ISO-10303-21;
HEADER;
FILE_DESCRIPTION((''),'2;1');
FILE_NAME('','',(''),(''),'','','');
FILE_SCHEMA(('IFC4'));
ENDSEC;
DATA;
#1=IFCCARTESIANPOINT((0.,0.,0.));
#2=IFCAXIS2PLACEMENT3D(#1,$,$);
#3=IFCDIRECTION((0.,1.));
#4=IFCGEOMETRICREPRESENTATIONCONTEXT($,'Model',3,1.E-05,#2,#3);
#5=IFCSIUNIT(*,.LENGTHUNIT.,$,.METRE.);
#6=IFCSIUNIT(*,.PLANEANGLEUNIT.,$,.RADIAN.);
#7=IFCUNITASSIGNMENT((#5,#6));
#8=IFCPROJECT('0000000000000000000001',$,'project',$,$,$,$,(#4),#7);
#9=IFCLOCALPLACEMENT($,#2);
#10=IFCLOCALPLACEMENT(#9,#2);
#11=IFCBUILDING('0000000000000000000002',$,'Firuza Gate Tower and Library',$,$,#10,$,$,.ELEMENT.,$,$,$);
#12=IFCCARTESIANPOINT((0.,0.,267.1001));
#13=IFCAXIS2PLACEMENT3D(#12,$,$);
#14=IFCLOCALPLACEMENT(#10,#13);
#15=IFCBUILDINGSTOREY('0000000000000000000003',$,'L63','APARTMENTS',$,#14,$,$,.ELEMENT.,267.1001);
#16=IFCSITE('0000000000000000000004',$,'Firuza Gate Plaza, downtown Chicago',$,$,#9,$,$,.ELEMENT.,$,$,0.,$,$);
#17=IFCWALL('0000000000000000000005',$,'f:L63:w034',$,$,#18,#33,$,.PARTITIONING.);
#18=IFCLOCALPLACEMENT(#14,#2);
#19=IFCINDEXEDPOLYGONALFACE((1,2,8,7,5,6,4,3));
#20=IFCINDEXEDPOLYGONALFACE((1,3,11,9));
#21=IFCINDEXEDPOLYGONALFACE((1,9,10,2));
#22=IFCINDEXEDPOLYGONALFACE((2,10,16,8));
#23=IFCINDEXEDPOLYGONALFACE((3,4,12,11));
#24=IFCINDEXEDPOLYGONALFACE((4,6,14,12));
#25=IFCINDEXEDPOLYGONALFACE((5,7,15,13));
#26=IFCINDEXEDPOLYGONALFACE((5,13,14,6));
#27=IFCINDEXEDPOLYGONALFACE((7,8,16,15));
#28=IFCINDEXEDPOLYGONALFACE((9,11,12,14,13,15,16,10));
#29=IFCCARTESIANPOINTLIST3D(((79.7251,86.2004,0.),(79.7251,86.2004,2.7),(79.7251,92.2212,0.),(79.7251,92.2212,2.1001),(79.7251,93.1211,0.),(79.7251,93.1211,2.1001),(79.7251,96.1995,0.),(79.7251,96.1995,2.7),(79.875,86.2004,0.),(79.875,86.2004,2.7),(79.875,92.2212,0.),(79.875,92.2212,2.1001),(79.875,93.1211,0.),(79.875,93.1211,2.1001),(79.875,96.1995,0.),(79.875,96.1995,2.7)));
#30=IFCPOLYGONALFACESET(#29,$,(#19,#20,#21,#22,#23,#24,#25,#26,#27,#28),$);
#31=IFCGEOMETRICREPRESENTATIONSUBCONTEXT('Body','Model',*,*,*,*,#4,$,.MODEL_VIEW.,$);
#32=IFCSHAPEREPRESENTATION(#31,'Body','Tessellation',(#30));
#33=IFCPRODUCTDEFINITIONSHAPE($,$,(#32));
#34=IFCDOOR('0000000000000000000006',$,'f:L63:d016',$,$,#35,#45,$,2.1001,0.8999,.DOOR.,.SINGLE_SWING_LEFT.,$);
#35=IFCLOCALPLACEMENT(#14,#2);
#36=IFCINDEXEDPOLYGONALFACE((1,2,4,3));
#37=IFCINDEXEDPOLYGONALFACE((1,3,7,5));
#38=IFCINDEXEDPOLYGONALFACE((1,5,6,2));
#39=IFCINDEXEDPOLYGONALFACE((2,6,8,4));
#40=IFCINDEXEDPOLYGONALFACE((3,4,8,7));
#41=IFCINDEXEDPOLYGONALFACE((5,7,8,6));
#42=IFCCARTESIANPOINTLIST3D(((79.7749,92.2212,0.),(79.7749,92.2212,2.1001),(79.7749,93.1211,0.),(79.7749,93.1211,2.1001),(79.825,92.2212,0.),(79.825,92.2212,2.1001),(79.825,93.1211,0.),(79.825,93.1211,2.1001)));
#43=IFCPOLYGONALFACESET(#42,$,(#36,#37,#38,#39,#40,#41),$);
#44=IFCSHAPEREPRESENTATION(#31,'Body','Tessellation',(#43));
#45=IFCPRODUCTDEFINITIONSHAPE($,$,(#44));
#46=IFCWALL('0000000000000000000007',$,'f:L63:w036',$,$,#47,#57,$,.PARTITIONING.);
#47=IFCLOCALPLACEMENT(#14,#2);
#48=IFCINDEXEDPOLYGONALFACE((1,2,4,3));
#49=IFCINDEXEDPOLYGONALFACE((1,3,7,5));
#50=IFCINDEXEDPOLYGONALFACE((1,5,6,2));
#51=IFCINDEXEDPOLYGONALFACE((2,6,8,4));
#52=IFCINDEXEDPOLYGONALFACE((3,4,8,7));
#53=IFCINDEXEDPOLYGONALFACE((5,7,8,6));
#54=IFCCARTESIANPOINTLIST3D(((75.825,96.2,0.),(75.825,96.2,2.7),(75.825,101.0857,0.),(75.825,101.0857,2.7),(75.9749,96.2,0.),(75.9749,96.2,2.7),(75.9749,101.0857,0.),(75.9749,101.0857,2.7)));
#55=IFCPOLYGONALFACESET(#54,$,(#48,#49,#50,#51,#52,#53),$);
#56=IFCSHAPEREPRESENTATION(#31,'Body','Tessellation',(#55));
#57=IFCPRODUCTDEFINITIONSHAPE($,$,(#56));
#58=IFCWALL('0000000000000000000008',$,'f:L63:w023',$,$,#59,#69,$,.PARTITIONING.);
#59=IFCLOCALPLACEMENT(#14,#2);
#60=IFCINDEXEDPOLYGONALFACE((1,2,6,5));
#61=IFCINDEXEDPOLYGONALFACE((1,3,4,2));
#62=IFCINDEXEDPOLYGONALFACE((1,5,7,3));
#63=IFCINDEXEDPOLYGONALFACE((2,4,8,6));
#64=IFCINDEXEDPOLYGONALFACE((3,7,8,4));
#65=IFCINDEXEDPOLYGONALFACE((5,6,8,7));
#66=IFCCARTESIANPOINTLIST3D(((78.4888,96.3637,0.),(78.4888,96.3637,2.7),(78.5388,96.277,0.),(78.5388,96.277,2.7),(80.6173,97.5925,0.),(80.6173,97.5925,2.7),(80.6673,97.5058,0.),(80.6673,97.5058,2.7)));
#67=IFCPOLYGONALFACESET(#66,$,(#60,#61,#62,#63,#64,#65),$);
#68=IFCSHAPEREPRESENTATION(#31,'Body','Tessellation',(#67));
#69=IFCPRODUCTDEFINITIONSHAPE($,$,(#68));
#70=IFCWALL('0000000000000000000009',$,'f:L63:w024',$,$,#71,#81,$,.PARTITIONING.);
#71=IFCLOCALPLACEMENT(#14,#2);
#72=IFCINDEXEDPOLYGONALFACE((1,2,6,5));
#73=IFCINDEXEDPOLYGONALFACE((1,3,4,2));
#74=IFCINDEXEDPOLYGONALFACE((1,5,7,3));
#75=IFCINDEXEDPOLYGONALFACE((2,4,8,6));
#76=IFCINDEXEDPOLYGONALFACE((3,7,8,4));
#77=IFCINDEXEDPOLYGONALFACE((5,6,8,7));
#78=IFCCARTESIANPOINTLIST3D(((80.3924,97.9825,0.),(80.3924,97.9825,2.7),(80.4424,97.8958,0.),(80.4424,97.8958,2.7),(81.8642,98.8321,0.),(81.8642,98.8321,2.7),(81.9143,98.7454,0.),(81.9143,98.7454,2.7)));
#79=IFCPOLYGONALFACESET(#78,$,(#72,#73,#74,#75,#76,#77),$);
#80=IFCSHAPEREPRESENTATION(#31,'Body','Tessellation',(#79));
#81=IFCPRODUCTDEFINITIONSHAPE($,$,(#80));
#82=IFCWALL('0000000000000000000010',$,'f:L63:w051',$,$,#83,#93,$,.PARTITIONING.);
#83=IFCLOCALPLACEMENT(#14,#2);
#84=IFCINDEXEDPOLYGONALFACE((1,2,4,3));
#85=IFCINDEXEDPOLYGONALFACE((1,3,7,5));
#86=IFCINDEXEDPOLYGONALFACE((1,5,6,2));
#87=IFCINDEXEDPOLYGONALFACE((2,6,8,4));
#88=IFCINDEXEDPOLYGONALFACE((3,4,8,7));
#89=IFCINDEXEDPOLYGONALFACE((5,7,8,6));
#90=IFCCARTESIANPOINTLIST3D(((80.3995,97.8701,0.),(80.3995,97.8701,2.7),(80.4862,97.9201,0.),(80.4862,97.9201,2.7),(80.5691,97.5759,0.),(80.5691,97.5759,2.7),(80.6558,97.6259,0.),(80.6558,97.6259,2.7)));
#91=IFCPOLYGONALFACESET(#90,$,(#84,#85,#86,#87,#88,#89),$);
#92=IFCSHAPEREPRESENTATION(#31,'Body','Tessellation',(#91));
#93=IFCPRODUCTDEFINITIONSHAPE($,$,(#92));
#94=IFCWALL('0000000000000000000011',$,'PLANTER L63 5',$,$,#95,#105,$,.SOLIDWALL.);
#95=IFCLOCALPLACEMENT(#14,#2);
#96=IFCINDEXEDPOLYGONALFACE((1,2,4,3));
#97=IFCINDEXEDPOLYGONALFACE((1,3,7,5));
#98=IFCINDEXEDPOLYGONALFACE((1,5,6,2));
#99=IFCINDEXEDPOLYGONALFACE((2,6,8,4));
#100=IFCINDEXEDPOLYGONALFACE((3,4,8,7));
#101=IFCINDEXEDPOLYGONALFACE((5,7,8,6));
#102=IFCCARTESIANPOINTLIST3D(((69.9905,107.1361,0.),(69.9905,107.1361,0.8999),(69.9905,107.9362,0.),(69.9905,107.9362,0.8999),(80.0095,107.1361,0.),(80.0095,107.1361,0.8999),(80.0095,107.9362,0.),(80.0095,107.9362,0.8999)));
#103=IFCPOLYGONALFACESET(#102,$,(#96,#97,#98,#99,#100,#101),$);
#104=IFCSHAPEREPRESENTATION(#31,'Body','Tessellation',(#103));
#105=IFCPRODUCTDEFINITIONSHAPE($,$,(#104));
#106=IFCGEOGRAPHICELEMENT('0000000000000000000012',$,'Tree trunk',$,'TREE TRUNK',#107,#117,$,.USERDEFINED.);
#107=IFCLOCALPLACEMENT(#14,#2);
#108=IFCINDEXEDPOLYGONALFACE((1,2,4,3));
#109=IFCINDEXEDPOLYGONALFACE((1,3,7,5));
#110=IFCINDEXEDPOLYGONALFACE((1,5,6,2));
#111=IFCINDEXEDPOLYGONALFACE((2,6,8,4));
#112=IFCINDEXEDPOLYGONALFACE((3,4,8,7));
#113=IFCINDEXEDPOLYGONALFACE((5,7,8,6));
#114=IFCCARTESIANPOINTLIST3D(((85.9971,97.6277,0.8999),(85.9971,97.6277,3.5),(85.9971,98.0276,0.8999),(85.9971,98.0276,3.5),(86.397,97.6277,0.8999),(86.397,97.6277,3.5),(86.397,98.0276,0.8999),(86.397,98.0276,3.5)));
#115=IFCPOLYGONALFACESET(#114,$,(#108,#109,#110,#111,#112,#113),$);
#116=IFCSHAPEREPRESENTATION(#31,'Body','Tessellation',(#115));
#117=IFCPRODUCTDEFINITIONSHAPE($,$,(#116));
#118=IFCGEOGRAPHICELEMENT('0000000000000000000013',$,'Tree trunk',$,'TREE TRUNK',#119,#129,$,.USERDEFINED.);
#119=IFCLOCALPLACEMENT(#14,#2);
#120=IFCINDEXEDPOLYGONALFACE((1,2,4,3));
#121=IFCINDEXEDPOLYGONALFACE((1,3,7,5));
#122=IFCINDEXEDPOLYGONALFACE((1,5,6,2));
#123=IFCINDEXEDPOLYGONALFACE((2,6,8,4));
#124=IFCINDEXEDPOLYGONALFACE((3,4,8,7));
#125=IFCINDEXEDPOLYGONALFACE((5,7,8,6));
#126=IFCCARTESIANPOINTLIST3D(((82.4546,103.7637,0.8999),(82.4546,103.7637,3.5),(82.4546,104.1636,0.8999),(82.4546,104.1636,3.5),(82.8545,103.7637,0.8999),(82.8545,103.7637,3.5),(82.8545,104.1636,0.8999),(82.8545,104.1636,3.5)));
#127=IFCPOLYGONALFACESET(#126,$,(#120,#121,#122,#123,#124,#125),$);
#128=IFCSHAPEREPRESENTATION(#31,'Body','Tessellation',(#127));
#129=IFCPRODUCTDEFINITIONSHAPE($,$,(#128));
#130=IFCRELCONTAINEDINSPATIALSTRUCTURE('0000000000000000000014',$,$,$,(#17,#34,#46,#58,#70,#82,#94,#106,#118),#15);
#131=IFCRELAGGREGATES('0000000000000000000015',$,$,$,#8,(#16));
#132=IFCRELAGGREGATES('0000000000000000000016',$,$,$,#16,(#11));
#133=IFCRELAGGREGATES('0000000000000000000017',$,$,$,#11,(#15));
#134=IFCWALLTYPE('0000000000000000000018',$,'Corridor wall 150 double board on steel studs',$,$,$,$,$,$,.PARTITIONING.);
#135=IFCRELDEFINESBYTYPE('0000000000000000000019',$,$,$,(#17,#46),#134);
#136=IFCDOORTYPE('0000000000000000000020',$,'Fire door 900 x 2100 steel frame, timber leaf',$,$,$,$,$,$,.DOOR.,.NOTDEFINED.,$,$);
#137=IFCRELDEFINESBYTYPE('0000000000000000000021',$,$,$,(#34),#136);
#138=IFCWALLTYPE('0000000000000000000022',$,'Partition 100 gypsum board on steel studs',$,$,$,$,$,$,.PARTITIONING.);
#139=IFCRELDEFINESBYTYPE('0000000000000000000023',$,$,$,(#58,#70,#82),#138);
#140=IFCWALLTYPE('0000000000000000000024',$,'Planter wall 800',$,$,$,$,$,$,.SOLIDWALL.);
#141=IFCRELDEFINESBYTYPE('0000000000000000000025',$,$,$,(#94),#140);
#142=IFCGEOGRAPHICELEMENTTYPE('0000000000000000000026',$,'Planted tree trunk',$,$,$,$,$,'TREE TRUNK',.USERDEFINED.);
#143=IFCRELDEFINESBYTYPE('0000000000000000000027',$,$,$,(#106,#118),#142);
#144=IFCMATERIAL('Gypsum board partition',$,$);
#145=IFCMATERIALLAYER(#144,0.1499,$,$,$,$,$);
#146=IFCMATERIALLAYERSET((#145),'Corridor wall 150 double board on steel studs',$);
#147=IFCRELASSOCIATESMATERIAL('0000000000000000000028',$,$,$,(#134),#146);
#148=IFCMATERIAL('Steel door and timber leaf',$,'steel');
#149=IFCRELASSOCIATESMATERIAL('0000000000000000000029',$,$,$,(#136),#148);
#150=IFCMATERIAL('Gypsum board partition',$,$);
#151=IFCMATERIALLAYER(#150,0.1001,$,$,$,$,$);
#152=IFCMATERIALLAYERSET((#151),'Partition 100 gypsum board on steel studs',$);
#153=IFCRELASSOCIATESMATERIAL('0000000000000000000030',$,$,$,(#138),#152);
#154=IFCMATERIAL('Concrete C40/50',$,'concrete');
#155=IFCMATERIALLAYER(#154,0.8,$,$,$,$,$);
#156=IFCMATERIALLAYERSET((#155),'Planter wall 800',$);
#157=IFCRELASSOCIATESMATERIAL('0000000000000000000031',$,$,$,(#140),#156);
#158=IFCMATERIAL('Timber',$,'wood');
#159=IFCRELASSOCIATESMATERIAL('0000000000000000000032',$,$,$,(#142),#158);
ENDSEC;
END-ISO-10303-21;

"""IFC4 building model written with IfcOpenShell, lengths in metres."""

from ifc_helpers import new_model, si_unit, direction, frame, frame_2d, origin, origin_2d, place, context, subcontext, project, spatial, rectangle, extrude, material, layer, layer_set, type_object, element, fill, save


model = new_model("IFC4")

# Units and contexts
model_context = context("Model", 3, precision=1e-05, world=origin(), true_north=direction((0.0, 1.0)))
body_context = subcontext(model_context, "Body", "Model", "MODEL_VIEW")
ifc_project = project(units=[si_unit("LENGTHUNIT", "METRE"), si_unit("PLANEANGLEUNIT", "RADIAN")], contexts=[model_context])

# Site, building, storey
site_placement = place(None, origin())
site = spatial("IfcSite", under=ifc_project, at=site_placement, Name="Firuza Gate Plaza, downtown Chicago", CompositionType="ELEMENT", RefElevation=0.0)
building_placement = place(site_placement, origin())
building = spatial("IfcBuilding", under=site, at=building_placement, Name="Firuza Gate Tower and Library", CompositionType="ELEMENT")
storey_placement = place(building_placement, frame((0.0, 0.0, 267.1001)))
storey = spatial("IfcBuildingStorey", under=building, at=storey_placement, Name="L63", Description="APARTMENTS", CompositionType="ELEMENT", Elevation=267.1001)

# Wall, opening, door
ifc_material_1 = material(Name="Gypsum board partition")
ifc_layer_1 = layer(ifc_material_1, 0.1499)
ifc_layer_set_1 = layer_set([ifc_layer_1], Name="Corridor wall 150 double board on steel studs")
wall_type_1 = type_object("IfcWallType", Name="Corridor wall 150 double board on steel studs", PredefinedType="PARTITIONING", material=ifc_layer_set_1)
ifc_material_2 = material(Name="Steel door and timber leaf", Category="steel")
door_type = type_object("IfcDoorType", Name="Fire door 900 x 2100 steel frame, timber leaf", OperationType="NOTDEFINED", PredefinedType="DOOR", material=ifc_material_2)
wall_1_placement = place(storey_placement, frame((79.8, 96.1995, 0.0), z_axis=(0.0, 0.0, 1.0), x_axis=(0.0, -1.0, 0.0)))
wall_1 = element("IfcWall", 1, at=wall_1_placement, inside=storey, type_object=wall_type_1, Name="f:L63:w034", PredefinedType="PARTITIONING", context=body_context, shape_type="SweptSolid", body=[
    extrude(rectangle(XDim=9.999, YDim=0.1499, at=frame_2d((4.9995, 0.0))), origin(), (0.0, 0.0, 1.0), 2.7),
])
opening_1_placement = place(wall_1_placement, frame((3.0784, 0.0, 0.0)))
opening_1 = element("IfcOpeningElement", 2, at=opening_1_placement, cuts=wall_1, PredefinedType="OPENING", context=body_context, shape_type="SweptSolid", body=[
    extrude(rectangle(XDim=0.8999, YDim=2.1001, at=frame_2d((0.45, 1.05))), frame((0.0, 0.085, 0.0), z_axis=(0.0, -1.0, 0.0), x_axis=(1.0, 0.0, 0.0)), (0.0, 0.0, 1.0), 0.1699),
])
door_1_placement = place(opening_1_placement, origin())
door_1 = element("IfcDoor", 3, at=door_1_placement, inside=storey, type_object=door_type, Name="f:L63:d016", OperationType="SINGLE_SWING_LEFT", OverallHeight=2.1001, OverallWidth=0.8999, PredefinedType="DOOR", context=body_context, shape_type="SweptSolid", body=[
    extrude(rectangle(XDim=0.8999, YDim=2.1001, at=frame_2d((0.45, 1.05))), frame((0.0, 0.0249, 0.0), z_axis=(0.0, -1.0, 0.0), x_axis=(1.0, 0.0, 0.0)), (0.0, 0.0, 1.0), 0.05),
])
fill(opening_1, door_1)

# Walls
wall_2_placement = place(storey_placement, frame((75.8999, 96.2, 0.0), z_axis=(0.0, 0.0, 1.0), x_axis=(0.0, 1.0, 0.0)))
element("IfcWall", 4, at=wall_2_placement, inside=storey, type_object=wall_type_1, Name="f:L63:w036", PredefinedType="PARTITIONING", context=body_context, shape_type="SweptSolid", body=[
    extrude(rectangle(XDim=4.8857, YDim=0.1499, at=frame_2d((2.4429, 0.0))), origin(), (0.0, 0.0, 1.0), 2.7),
])
ifc_material_3 = material(Name="Gypsum board partition")
ifc_layer_2 = layer(ifc_material_3, 0.1001)
ifc_layer_set_2 = layer_set([ifc_layer_2], Name="Partition 100 gypsum board on steel studs")
wall_type_2 = type_object("IfcWallType", Name="Partition 100 gypsum board on steel studs", PredefinedType="PARTITIONING", material=ifc_layer_set_2)
wall_3_placement = place(storey_placement, frame((78.5137, 96.3203, 0.0), z_axis=(0.0, 0.0, 1.0), x_axis=(0.86604, 0.499975, 0.0)))
element("IfcWall", 5, at=wall_3_placement, inside=storey, type_object=wall_type_2, Name="f:L63:w023", PredefinedType="PARTITIONING", context=body_context, shape_type="SweptSolid", body=[
    extrude(rectangle(XDim=2.4578, YDim=0.1001, at=frame_2d((1.229, 0.0))), origin(), (0.0, 0.0, 1.0), 2.7),
])
wall_4_placement = place(storey_placement, frame((80.4175, 97.9392, 0.0), z_axis=(0.0, 0.0, 1.0), x_axis=(0.866078, 0.499909, 0.0)))
element("IfcWall", 6, at=wall_4_placement, inside=storey, type_object=wall_type_2, Name="f:L63:w024", PredefinedType="PARTITIONING", context=body_context, shape_type="SweptSolid", body=[
    extrude(rectangle(XDim=1.6995, YDim=0.1001, at=frame_2d((0.8496, 0.0))), origin(), (0.0, 0.0, 1.0), 2.7),
])
wall_5_placement = place(storey_placement, frame((80.6125, 97.6008, 0.0), z_axis=(0.0, 0.0, 1.0), x_axis=(-0.499619, 0.866245, 0.0)))
element("IfcWall", 7, at=wall_5_placement, inside=storey, type_object=wall_type_2, Name="f:L63:w051", PredefinedType="PARTITIONING", context=body_context, shape_type="SweptSolid", body=[
    extrude(rectangle(XDim=0.3396, YDim=0.1001, at=frame_2d((0.1699, 0.0))), origin(), (0.0, 0.0, 1.0), 2.7),
])
ifc_material_4 = material(Name="Concrete C40/50", Category="concrete")
ifc_layer_3 = layer(ifc_material_4, 0.8)
ifc_layer_set_3 = layer_set([ifc_layer_3], Name="Planter wall 800")
wall_type_3 = type_object("IfcWallType", Name="Planter wall 800", PredefinedType="SOLIDWALL", material=ifc_layer_set_3)
wall_6_placement = place(storey_placement, frame((80.0095, 107.5361, 0.0), z_axis=(0.0, 0.0, 1.0), x_axis=(-1.0, 0.0, 0.0)))
element("IfcWall", 8, at=wall_6_placement, inside=storey, type_object=wall_type_3, Name="PLANTER L63 5", PredefinedType="SOLIDWALL", context=body_context, shape_type="SweptSolid", body=[
    extrude(rectangle(XDim=10.019, YDim=0.8, at=frame_2d((5.0095, 0.0))), origin(), (0.0, 0.0, 1.0), 0.8999),
])

# Geographic elements
ifc_material_5 = material(Name="Timber", Category="wood")
geographic_element_type = type_object("IfcGeographicElementType", Name="Planted tree trunk", ElementType="TREE TRUNK", PredefinedType="USERDEFINED", material=ifc_material_5)
for number, where, z_axis, x_axis, name in (
    (9, (86.197, 97.8276, 0.8999), (0.0, 0.0, 1.0), (1.0, 0.0, 0.0), "Tree trunk"),
    (10, (82.6545, 103.9636, 0.8999), (0.0, 0.0, 1.0), (1.0, 0.0, 0.0), "Tree trunk"),
):
    element("IfcGeographicElement", number, at=place(storey_placement, frame(where, z_axis=z_axis, x_axis=x_axis)), inside=storey, type_object=geographic_element_type, Name=name, ObjectType="TREE TRUNK", PredefinedType="USERDEFINED", context=body_context, shape_type="SweptSolid", body=[
        extrude(rectangle(XDim=0.3999, YDim=0.3999, at=origin_2d()), origin(), (0.0, 0.0, 1.0), 2.6001),
    ])

save(model, "model.ifc")
